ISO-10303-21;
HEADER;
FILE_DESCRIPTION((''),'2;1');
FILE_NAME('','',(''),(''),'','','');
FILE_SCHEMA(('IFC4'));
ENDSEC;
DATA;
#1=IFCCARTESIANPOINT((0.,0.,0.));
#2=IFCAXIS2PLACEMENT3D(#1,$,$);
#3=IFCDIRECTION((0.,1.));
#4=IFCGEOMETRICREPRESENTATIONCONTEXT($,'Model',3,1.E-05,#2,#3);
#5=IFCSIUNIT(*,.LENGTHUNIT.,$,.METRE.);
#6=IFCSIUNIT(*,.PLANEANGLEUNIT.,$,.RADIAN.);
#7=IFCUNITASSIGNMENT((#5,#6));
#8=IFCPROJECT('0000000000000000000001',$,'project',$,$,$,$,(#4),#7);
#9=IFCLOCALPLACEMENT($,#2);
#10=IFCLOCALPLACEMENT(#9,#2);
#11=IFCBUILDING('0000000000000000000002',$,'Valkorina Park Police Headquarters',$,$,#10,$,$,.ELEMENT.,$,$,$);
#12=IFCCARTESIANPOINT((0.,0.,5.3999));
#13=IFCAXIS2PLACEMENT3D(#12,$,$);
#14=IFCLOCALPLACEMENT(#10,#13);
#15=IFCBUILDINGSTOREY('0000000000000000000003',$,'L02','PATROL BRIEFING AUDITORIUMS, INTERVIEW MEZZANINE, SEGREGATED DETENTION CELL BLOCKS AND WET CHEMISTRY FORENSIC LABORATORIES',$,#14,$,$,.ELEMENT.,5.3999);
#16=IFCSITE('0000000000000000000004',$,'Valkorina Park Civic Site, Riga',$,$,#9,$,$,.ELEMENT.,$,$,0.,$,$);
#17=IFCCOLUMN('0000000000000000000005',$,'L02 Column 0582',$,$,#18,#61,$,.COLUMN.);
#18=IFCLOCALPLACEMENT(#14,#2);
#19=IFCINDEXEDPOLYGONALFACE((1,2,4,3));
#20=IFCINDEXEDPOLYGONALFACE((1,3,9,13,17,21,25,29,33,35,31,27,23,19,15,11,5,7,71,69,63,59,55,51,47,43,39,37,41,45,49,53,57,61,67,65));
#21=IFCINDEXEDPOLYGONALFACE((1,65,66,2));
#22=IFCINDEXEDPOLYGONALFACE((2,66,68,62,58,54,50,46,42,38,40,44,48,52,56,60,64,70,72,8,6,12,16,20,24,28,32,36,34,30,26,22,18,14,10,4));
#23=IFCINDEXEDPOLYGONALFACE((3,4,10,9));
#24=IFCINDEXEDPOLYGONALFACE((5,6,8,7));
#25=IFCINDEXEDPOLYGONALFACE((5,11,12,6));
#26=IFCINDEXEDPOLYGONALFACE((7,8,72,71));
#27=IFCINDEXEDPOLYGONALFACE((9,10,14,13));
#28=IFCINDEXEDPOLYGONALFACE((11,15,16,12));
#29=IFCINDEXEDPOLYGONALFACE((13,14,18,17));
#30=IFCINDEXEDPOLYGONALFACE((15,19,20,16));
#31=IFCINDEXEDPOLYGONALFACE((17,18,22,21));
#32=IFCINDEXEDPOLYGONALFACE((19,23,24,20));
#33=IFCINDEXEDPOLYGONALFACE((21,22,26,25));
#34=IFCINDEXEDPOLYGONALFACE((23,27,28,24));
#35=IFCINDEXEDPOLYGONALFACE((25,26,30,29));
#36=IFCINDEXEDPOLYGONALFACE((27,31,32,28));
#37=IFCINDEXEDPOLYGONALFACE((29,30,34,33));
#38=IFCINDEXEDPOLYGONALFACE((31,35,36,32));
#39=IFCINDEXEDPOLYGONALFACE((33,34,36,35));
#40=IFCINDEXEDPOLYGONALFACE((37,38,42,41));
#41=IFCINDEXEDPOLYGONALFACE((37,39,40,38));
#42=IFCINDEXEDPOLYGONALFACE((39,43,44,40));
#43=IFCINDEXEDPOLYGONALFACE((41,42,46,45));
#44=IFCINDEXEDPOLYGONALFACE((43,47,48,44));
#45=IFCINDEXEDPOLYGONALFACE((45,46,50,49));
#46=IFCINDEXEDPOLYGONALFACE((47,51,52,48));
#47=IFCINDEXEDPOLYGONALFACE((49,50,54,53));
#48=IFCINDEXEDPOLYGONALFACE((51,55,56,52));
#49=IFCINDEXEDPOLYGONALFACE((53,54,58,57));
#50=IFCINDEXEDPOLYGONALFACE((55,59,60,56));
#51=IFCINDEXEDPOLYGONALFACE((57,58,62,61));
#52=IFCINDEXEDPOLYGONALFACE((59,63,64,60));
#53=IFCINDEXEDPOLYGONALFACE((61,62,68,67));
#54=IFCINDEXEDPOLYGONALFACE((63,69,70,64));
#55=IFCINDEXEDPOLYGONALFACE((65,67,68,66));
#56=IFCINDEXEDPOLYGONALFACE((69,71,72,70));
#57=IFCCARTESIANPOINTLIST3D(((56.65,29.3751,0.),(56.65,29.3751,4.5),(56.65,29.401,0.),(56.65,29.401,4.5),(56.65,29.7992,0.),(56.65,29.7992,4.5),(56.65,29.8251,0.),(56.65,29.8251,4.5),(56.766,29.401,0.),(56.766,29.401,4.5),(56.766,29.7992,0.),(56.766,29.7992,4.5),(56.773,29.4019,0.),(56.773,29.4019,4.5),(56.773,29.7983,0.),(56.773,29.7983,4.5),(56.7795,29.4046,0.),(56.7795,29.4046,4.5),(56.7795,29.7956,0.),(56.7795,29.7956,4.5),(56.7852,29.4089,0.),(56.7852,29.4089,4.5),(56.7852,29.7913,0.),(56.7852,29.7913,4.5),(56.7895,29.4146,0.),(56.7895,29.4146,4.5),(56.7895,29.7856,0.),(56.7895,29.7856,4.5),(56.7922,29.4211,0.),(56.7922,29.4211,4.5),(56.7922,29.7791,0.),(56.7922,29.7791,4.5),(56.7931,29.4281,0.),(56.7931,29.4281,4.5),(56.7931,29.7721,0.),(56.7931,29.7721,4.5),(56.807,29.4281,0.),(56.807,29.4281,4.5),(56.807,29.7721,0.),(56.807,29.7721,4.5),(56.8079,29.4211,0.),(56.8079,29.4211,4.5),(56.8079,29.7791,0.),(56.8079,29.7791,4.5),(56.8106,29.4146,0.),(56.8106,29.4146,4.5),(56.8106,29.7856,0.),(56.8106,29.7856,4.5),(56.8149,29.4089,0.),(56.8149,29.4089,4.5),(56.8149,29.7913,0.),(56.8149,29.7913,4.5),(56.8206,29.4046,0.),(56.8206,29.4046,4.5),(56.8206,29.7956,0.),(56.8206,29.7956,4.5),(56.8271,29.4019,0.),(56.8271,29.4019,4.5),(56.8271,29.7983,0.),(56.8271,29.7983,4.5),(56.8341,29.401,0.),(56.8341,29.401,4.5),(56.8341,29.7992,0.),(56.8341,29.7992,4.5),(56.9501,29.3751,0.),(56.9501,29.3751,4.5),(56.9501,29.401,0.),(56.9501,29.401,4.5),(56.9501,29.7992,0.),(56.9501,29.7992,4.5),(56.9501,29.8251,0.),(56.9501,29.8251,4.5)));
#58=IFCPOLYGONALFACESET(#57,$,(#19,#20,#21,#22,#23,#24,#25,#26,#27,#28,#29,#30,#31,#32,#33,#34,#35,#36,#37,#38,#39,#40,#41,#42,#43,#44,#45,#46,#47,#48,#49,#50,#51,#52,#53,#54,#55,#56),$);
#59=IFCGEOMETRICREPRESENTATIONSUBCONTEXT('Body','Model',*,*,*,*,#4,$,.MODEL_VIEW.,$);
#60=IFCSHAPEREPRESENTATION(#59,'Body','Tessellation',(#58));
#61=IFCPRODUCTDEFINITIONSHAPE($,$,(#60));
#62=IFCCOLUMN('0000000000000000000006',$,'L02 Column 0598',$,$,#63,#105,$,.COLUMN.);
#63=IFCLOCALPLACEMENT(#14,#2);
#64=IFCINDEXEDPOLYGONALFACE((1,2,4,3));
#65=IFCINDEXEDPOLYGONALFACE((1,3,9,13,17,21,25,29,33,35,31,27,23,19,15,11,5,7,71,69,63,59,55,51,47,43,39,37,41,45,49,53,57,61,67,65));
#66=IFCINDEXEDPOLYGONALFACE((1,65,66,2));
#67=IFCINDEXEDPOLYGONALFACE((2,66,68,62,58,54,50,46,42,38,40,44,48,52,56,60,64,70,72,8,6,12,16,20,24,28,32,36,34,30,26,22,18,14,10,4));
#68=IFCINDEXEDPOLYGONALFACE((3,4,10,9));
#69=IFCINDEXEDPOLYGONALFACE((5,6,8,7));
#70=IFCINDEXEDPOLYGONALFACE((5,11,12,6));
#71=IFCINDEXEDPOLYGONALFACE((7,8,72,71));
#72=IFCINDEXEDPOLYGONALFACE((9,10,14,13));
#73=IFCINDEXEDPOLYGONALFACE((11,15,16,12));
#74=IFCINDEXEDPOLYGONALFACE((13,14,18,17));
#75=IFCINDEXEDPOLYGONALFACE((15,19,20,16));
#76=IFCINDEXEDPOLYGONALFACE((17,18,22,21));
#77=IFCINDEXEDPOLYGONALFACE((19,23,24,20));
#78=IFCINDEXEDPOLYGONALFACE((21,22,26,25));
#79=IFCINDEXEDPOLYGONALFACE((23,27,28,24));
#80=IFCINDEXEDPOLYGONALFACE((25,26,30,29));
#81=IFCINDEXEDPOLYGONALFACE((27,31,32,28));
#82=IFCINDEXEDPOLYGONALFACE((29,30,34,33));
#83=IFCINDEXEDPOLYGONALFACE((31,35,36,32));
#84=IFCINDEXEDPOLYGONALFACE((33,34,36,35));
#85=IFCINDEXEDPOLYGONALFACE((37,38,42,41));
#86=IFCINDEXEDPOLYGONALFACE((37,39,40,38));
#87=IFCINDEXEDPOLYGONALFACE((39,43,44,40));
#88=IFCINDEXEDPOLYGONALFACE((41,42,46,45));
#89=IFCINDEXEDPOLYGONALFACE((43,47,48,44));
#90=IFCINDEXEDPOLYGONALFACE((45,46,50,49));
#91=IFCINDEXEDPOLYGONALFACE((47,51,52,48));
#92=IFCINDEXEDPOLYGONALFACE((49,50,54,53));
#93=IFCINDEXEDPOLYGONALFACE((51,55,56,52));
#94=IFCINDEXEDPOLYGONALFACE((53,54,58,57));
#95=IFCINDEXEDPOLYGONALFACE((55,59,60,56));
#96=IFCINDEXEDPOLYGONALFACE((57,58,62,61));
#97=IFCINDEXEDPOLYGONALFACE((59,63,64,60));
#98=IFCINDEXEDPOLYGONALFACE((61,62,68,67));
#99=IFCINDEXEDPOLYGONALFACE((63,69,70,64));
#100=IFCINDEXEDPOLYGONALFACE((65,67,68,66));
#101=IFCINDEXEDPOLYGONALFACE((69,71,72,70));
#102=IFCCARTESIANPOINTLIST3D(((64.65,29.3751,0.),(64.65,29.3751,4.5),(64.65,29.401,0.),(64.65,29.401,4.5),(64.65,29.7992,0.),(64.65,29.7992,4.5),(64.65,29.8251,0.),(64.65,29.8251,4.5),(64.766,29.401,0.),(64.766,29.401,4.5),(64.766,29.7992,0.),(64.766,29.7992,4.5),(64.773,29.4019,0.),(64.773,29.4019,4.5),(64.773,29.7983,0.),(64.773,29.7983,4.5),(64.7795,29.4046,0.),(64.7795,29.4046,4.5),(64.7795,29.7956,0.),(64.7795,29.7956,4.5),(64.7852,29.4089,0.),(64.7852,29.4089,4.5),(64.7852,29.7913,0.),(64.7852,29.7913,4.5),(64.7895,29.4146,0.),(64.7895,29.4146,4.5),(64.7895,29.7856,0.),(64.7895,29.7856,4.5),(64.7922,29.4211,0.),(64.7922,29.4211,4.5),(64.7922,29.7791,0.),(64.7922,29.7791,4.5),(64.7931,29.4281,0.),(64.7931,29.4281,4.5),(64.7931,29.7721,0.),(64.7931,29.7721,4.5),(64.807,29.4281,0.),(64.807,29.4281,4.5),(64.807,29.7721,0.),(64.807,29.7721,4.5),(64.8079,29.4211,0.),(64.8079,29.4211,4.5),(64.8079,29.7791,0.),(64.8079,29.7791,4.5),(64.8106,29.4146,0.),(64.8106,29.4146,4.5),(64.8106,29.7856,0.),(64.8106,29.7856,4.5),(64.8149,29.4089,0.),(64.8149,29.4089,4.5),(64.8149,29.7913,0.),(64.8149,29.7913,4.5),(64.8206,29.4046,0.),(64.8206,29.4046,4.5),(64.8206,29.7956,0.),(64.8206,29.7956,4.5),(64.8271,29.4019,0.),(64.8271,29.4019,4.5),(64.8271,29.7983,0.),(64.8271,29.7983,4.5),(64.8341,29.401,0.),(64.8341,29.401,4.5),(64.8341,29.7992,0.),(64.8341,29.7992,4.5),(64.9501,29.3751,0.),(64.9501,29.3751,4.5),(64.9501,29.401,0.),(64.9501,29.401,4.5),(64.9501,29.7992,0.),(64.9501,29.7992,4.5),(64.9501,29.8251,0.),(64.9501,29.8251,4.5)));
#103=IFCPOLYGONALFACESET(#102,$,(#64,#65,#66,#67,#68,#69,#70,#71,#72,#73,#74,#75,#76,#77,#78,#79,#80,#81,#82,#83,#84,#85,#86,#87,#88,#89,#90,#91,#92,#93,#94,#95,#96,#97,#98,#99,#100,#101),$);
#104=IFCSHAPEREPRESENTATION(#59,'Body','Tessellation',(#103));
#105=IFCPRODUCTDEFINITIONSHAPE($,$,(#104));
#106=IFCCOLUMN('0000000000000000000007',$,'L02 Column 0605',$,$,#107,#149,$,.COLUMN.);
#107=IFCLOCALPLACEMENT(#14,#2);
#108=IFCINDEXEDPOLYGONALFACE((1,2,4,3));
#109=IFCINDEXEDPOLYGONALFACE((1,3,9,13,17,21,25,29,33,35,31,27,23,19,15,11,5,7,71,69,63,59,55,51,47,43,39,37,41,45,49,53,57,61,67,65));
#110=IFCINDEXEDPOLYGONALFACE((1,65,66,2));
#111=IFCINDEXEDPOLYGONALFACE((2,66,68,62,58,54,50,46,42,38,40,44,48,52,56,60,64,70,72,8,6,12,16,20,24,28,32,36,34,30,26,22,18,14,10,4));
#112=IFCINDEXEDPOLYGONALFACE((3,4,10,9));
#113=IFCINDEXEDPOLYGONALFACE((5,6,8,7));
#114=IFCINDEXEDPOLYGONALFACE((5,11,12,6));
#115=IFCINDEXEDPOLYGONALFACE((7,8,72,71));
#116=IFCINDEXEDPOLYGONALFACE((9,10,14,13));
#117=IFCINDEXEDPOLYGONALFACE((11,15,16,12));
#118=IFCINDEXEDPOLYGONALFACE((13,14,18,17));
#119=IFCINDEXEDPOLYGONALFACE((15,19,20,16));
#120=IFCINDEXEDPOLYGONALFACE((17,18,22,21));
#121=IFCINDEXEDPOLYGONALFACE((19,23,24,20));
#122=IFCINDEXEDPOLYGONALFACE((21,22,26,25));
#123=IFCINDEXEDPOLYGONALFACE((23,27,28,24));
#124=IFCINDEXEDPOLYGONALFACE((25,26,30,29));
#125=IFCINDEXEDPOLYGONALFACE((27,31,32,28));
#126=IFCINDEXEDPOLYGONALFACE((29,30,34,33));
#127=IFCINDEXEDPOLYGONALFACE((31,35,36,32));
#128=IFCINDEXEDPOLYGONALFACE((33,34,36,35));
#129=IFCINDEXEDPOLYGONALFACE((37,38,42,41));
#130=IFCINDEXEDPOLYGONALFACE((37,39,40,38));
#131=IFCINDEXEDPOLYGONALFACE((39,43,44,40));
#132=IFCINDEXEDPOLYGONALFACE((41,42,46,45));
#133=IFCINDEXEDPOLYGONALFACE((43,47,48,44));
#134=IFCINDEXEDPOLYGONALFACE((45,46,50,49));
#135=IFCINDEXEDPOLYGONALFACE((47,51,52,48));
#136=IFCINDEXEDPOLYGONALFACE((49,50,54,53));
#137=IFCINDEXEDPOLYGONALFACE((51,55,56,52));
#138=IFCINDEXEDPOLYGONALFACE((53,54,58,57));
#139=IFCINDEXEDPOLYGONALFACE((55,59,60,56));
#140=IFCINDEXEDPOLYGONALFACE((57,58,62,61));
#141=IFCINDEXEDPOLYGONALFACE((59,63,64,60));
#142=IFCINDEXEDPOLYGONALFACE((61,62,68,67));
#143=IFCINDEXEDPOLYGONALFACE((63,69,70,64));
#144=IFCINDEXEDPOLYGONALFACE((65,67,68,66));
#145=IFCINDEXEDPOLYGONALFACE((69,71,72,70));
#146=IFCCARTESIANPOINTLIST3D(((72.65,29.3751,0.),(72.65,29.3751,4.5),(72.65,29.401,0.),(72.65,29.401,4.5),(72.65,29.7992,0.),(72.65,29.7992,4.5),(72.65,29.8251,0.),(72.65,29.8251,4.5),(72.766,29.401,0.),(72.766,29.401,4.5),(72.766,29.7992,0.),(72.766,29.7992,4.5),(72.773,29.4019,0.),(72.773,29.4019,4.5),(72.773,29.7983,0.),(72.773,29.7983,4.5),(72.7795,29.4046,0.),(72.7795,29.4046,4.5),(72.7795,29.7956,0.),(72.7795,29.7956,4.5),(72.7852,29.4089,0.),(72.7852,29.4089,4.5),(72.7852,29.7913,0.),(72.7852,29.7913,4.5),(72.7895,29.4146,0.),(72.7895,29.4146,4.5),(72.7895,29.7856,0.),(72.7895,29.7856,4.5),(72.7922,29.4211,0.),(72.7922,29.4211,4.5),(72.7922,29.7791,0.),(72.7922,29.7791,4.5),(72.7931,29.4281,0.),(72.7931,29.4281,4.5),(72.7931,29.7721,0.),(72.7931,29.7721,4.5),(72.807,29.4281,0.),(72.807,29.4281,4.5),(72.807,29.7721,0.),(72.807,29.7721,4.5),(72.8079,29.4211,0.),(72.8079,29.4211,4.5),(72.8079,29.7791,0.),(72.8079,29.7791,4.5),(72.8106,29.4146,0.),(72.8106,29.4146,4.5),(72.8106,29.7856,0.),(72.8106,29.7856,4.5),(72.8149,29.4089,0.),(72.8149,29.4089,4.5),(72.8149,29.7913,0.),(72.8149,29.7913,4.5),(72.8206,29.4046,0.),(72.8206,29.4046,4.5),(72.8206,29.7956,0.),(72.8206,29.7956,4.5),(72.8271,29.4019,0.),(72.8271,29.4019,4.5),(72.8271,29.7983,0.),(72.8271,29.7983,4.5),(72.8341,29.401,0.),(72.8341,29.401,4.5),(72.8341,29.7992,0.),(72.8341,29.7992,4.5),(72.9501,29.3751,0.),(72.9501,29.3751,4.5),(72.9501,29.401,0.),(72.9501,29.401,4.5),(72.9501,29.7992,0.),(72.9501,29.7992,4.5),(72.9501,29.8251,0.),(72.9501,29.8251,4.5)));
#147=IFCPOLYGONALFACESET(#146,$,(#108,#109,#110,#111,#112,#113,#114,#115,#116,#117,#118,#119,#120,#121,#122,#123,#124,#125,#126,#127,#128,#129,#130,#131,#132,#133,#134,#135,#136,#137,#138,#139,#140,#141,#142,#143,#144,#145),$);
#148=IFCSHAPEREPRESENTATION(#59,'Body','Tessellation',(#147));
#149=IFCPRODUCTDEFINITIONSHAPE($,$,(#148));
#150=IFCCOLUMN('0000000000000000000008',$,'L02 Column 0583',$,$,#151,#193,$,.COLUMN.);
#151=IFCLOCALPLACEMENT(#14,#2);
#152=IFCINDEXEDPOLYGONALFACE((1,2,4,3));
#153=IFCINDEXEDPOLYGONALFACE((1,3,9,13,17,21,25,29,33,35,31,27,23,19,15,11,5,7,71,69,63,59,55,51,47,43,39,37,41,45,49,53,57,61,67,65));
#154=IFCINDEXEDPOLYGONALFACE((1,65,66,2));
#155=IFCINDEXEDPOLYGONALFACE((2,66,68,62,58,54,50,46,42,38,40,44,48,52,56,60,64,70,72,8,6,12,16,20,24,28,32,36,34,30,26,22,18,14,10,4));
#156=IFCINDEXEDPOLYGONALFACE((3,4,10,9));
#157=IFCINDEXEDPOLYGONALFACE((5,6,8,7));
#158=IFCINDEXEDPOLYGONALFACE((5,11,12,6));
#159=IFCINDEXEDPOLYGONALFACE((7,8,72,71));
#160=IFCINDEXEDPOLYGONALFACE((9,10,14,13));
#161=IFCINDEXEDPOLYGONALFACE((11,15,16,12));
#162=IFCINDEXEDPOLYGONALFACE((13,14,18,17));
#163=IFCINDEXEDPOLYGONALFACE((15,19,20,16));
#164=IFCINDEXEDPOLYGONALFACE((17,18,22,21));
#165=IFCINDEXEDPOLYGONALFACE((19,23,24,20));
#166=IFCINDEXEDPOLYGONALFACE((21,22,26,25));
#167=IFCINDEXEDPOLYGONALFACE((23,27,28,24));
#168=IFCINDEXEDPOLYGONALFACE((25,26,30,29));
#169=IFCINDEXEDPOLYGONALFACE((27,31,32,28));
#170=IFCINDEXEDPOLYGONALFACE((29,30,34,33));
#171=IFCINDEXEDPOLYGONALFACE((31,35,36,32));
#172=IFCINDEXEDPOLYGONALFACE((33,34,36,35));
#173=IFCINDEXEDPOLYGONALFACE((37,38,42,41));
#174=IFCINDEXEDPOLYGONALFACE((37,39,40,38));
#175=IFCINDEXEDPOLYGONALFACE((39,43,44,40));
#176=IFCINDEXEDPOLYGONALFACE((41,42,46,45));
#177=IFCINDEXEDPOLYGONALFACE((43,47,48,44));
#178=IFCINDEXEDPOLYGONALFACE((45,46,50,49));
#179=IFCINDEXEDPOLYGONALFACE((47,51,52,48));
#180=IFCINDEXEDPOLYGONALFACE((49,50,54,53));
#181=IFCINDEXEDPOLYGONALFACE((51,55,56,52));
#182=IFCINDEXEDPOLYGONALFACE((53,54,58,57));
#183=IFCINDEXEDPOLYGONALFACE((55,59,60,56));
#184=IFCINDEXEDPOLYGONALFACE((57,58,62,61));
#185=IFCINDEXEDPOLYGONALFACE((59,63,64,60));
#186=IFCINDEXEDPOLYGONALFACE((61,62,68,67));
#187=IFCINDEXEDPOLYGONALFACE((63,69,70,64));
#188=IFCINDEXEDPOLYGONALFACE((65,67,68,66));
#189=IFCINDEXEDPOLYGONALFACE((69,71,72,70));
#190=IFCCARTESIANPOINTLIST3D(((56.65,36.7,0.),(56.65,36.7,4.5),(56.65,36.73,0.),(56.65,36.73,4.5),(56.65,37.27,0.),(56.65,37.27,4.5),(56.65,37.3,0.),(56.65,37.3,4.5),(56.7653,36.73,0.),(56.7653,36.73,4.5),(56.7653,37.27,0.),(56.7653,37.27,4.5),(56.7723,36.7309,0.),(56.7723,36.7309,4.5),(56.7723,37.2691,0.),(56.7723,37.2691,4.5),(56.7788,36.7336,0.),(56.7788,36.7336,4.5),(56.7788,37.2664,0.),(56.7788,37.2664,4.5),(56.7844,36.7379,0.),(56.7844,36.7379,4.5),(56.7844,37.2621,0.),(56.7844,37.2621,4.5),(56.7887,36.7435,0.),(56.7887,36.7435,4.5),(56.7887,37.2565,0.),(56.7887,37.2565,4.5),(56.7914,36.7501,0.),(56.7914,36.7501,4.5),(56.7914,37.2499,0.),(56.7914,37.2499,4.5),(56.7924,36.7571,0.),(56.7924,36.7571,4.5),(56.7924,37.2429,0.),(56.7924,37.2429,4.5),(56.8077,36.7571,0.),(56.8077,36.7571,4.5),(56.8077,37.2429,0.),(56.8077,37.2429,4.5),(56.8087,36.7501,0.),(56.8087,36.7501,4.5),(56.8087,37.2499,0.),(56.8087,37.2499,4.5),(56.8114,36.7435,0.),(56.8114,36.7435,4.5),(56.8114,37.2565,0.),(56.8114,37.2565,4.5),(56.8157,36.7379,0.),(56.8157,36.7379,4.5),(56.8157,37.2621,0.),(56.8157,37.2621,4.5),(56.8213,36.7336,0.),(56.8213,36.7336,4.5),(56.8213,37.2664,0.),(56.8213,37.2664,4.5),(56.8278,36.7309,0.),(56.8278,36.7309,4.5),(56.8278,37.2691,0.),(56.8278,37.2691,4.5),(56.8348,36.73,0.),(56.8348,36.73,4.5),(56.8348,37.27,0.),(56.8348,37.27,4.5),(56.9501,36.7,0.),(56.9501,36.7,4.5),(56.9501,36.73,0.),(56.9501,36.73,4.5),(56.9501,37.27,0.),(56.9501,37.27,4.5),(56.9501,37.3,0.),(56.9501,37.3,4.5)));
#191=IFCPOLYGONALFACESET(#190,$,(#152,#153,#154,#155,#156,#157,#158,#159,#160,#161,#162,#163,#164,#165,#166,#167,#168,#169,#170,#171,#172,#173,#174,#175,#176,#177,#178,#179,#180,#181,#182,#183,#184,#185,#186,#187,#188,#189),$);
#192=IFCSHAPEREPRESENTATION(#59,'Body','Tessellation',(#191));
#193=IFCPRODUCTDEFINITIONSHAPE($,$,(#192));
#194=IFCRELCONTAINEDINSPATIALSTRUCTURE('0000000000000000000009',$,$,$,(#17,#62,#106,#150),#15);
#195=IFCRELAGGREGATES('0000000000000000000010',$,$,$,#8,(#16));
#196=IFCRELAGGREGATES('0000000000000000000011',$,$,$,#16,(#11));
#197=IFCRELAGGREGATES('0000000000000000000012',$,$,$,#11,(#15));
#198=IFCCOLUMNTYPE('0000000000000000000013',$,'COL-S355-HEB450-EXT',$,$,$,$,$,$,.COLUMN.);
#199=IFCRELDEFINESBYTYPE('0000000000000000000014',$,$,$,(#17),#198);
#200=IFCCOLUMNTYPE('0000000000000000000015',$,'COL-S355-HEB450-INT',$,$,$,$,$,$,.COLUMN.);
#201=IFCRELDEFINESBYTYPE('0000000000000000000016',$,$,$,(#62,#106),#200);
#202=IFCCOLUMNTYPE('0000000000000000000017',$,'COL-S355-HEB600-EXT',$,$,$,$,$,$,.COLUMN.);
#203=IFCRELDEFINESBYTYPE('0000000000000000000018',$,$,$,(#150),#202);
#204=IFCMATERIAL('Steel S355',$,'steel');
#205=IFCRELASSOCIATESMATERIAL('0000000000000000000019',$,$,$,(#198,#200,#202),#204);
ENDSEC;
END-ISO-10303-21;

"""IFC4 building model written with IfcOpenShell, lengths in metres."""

from ifc_helpers import new_model, si_unit, direction, frame, origin, origin_2d, place, context, subcontext, project, spatial, i_section, extrude, material, material_profile, profile_set, type_object, element, save


model = new_model("IFC4")

# Units and contexts
model_context = context("Model", 3, precision=1e-05, world=origin(), true_north=direction((0.0, 1.0)))
body_context = subcontext(model_context, "Body", "Model", "MODEL_VIEW")
ifc_project = project(units=[si_unit("LENGTHUNIT", "METRE"), si_unit("PLANEANGLEUNIT", "RADIAN")], contexts=[model_context])

# Site, building, storey
site_placement = place(None, origin())
site = spatial("IfcSite", under=ifc_project, at=site_placement, Name="Valkorina Park Civic Site, Riga", CompositionType="ELEMENT", RefElevation=0.0)
building_placement = place(site_placement, origin())
building = spatial("IfcBuilding", under=site, at=building_placement, Name="Valkorina Park Police Headquarters", CompositionType="ELEMENT")
storey_placement = place(building_placement, frame((0.0, 0.0, 5.3999)))
storey = spatial("IfcBuildingStorey", under=building, at=storey_placement, Name="L02", Description="PATROL BRIEFING AUDITORIUMS, INTERVIEW MEZZANINE, SEGREGATED DETENTION CELL BLOCKS AND WET CHEMISTRY FORENSIC LABORATORIES", CompositionType="ELEMENT", Elevation=5.3999)

# Columns
ifc_material_1 = material(Name="Steel S355", Category="steel")
ifc_material_profile_1 = material_profile(ifc_material_1, i_section(OverallWidth=0.3, OverallDepth=0.45, WebThickness=0.0139, FlangeThickness=0.0259, FilletRadius=0.0271, at=origin_2d()), Name="HEB 450")
ifc_profile_set_1 = profile_set([ifc_material_profile_1], Name="Steel S355")
column_type_1 = type_object("IfcColumnType", Name="COL-S355-HEB450-EXT", PredefinedType="COLUMN", material=ifc_profile_set_1)
column_1_placement = place(storey_placement, frame((56.8, 29.6001, 0.0), z_axis=(0.0, 0.0, 1.0), x_axis=(1.0, 0.0, 0.0)))
element("IfcColumn", 1, at=column_1_placement, inside=storey, type_object=column_type_1, Name="L02 Column 0582", PredefinedType="COLUMN", context=body_context, shape_type="SweptSolid", body=[
    extrude(i_section(OverallWidth=0.3, OverallDepth=0.45, WebThickness=0.0139, FlangeThickness=0.0259, FilletRadius=0.0271, at=origin_2d()), origin(), (0.0, 0.0, 1.0), 4.5),
])
ifc_material_profile_2 = material_profile(ifc_material_1, i_section(OverallWidth=0.3, OverallDepth=0.45, WebThickness=0.0139, FlangeThickness=0.0259, FilletRadius=0.0271, at=origin_2d()), Name="HEB 450")
ifc_profile_set_2 = profile_set([ifc_material_profile_2], Name="Steel S355")
column_type_2 = type_object("IfcColumnType", Name="COL-S355-HEB450-INT", PredefinedType="COLUMN", material=ifc_profile_set_2)
for number, where, z_axis, x_axis, name in (
    (2, (64.8, 29.6001, 0.0), (0.0, 0.0, 1.0), (1.0, 0.0, 0.0), "L02 Column 0598"),
    (3, (72.8, 29.6001, 0.0), (0.0, 0.0, 1.0), (1.0, 0.0, 0.0), "L02 Column 0605"),
):
    element("IfcColumn", number, at=place(storey_placement, frame(where, z_axis=z_axis, x_axis=x_axis)), inside=storey, type_object=column_type_2, Name=name, PredefinedType="COLUMN", context=body_context, shape_type="SweptSolid", body=[
        extrude(i_section(OverallWidth=0.3, OverallDepth=0.45, WebThickness=0.0139, FlangeThickness=0.0259, FilletRadius=0.0271, at=origin_2d()), origin(), (0.0, 0.0, 1.0), 4.5),
    ])
ifc_material_profile_3 = material_profile(ifc_material_1, i_section(OverallWidth=0.3, OverallDepth=0.6001, WebThickness=0.0154, FlangeThickness=0.03, FilletRadius=0.0271, at=origin_2d()), Name="HEB 600")
ifc_profile_set_3 = profile_set([ifc_material_profile_3], Name="Steel S355")
column_type_3 = type_object("IfcColumnType", Name="COL-S355-HEB600-EXT", PredefinedType="COLUMN", material=ifc_profile_set_3)
column_2_placement = place(storey_placement, frame((56.8, 37.0, 0.0), z_axis=(0.0, 0.0, 1.0), x_axis=(1.0, 0.0, 0.0)))
element("IfcColumn", 4, at=column_2_placement, inside=storey, type_object=column_type_3, Name="L02 Column 0583", PredefinedType="COLUMN", context=body_context, shape_type="SweptSolid", body=[
    extrude(i_section(OverallWidth=0.3, OverallDepth=0.6001, WebThickness=0.0154, FlangeThickness=0.03, FilletRadius=0.0271, at=origin_2d()), origin(), (0.0, 0.0, 1.0), 4.5),
])

save(model, "model.ifc")
